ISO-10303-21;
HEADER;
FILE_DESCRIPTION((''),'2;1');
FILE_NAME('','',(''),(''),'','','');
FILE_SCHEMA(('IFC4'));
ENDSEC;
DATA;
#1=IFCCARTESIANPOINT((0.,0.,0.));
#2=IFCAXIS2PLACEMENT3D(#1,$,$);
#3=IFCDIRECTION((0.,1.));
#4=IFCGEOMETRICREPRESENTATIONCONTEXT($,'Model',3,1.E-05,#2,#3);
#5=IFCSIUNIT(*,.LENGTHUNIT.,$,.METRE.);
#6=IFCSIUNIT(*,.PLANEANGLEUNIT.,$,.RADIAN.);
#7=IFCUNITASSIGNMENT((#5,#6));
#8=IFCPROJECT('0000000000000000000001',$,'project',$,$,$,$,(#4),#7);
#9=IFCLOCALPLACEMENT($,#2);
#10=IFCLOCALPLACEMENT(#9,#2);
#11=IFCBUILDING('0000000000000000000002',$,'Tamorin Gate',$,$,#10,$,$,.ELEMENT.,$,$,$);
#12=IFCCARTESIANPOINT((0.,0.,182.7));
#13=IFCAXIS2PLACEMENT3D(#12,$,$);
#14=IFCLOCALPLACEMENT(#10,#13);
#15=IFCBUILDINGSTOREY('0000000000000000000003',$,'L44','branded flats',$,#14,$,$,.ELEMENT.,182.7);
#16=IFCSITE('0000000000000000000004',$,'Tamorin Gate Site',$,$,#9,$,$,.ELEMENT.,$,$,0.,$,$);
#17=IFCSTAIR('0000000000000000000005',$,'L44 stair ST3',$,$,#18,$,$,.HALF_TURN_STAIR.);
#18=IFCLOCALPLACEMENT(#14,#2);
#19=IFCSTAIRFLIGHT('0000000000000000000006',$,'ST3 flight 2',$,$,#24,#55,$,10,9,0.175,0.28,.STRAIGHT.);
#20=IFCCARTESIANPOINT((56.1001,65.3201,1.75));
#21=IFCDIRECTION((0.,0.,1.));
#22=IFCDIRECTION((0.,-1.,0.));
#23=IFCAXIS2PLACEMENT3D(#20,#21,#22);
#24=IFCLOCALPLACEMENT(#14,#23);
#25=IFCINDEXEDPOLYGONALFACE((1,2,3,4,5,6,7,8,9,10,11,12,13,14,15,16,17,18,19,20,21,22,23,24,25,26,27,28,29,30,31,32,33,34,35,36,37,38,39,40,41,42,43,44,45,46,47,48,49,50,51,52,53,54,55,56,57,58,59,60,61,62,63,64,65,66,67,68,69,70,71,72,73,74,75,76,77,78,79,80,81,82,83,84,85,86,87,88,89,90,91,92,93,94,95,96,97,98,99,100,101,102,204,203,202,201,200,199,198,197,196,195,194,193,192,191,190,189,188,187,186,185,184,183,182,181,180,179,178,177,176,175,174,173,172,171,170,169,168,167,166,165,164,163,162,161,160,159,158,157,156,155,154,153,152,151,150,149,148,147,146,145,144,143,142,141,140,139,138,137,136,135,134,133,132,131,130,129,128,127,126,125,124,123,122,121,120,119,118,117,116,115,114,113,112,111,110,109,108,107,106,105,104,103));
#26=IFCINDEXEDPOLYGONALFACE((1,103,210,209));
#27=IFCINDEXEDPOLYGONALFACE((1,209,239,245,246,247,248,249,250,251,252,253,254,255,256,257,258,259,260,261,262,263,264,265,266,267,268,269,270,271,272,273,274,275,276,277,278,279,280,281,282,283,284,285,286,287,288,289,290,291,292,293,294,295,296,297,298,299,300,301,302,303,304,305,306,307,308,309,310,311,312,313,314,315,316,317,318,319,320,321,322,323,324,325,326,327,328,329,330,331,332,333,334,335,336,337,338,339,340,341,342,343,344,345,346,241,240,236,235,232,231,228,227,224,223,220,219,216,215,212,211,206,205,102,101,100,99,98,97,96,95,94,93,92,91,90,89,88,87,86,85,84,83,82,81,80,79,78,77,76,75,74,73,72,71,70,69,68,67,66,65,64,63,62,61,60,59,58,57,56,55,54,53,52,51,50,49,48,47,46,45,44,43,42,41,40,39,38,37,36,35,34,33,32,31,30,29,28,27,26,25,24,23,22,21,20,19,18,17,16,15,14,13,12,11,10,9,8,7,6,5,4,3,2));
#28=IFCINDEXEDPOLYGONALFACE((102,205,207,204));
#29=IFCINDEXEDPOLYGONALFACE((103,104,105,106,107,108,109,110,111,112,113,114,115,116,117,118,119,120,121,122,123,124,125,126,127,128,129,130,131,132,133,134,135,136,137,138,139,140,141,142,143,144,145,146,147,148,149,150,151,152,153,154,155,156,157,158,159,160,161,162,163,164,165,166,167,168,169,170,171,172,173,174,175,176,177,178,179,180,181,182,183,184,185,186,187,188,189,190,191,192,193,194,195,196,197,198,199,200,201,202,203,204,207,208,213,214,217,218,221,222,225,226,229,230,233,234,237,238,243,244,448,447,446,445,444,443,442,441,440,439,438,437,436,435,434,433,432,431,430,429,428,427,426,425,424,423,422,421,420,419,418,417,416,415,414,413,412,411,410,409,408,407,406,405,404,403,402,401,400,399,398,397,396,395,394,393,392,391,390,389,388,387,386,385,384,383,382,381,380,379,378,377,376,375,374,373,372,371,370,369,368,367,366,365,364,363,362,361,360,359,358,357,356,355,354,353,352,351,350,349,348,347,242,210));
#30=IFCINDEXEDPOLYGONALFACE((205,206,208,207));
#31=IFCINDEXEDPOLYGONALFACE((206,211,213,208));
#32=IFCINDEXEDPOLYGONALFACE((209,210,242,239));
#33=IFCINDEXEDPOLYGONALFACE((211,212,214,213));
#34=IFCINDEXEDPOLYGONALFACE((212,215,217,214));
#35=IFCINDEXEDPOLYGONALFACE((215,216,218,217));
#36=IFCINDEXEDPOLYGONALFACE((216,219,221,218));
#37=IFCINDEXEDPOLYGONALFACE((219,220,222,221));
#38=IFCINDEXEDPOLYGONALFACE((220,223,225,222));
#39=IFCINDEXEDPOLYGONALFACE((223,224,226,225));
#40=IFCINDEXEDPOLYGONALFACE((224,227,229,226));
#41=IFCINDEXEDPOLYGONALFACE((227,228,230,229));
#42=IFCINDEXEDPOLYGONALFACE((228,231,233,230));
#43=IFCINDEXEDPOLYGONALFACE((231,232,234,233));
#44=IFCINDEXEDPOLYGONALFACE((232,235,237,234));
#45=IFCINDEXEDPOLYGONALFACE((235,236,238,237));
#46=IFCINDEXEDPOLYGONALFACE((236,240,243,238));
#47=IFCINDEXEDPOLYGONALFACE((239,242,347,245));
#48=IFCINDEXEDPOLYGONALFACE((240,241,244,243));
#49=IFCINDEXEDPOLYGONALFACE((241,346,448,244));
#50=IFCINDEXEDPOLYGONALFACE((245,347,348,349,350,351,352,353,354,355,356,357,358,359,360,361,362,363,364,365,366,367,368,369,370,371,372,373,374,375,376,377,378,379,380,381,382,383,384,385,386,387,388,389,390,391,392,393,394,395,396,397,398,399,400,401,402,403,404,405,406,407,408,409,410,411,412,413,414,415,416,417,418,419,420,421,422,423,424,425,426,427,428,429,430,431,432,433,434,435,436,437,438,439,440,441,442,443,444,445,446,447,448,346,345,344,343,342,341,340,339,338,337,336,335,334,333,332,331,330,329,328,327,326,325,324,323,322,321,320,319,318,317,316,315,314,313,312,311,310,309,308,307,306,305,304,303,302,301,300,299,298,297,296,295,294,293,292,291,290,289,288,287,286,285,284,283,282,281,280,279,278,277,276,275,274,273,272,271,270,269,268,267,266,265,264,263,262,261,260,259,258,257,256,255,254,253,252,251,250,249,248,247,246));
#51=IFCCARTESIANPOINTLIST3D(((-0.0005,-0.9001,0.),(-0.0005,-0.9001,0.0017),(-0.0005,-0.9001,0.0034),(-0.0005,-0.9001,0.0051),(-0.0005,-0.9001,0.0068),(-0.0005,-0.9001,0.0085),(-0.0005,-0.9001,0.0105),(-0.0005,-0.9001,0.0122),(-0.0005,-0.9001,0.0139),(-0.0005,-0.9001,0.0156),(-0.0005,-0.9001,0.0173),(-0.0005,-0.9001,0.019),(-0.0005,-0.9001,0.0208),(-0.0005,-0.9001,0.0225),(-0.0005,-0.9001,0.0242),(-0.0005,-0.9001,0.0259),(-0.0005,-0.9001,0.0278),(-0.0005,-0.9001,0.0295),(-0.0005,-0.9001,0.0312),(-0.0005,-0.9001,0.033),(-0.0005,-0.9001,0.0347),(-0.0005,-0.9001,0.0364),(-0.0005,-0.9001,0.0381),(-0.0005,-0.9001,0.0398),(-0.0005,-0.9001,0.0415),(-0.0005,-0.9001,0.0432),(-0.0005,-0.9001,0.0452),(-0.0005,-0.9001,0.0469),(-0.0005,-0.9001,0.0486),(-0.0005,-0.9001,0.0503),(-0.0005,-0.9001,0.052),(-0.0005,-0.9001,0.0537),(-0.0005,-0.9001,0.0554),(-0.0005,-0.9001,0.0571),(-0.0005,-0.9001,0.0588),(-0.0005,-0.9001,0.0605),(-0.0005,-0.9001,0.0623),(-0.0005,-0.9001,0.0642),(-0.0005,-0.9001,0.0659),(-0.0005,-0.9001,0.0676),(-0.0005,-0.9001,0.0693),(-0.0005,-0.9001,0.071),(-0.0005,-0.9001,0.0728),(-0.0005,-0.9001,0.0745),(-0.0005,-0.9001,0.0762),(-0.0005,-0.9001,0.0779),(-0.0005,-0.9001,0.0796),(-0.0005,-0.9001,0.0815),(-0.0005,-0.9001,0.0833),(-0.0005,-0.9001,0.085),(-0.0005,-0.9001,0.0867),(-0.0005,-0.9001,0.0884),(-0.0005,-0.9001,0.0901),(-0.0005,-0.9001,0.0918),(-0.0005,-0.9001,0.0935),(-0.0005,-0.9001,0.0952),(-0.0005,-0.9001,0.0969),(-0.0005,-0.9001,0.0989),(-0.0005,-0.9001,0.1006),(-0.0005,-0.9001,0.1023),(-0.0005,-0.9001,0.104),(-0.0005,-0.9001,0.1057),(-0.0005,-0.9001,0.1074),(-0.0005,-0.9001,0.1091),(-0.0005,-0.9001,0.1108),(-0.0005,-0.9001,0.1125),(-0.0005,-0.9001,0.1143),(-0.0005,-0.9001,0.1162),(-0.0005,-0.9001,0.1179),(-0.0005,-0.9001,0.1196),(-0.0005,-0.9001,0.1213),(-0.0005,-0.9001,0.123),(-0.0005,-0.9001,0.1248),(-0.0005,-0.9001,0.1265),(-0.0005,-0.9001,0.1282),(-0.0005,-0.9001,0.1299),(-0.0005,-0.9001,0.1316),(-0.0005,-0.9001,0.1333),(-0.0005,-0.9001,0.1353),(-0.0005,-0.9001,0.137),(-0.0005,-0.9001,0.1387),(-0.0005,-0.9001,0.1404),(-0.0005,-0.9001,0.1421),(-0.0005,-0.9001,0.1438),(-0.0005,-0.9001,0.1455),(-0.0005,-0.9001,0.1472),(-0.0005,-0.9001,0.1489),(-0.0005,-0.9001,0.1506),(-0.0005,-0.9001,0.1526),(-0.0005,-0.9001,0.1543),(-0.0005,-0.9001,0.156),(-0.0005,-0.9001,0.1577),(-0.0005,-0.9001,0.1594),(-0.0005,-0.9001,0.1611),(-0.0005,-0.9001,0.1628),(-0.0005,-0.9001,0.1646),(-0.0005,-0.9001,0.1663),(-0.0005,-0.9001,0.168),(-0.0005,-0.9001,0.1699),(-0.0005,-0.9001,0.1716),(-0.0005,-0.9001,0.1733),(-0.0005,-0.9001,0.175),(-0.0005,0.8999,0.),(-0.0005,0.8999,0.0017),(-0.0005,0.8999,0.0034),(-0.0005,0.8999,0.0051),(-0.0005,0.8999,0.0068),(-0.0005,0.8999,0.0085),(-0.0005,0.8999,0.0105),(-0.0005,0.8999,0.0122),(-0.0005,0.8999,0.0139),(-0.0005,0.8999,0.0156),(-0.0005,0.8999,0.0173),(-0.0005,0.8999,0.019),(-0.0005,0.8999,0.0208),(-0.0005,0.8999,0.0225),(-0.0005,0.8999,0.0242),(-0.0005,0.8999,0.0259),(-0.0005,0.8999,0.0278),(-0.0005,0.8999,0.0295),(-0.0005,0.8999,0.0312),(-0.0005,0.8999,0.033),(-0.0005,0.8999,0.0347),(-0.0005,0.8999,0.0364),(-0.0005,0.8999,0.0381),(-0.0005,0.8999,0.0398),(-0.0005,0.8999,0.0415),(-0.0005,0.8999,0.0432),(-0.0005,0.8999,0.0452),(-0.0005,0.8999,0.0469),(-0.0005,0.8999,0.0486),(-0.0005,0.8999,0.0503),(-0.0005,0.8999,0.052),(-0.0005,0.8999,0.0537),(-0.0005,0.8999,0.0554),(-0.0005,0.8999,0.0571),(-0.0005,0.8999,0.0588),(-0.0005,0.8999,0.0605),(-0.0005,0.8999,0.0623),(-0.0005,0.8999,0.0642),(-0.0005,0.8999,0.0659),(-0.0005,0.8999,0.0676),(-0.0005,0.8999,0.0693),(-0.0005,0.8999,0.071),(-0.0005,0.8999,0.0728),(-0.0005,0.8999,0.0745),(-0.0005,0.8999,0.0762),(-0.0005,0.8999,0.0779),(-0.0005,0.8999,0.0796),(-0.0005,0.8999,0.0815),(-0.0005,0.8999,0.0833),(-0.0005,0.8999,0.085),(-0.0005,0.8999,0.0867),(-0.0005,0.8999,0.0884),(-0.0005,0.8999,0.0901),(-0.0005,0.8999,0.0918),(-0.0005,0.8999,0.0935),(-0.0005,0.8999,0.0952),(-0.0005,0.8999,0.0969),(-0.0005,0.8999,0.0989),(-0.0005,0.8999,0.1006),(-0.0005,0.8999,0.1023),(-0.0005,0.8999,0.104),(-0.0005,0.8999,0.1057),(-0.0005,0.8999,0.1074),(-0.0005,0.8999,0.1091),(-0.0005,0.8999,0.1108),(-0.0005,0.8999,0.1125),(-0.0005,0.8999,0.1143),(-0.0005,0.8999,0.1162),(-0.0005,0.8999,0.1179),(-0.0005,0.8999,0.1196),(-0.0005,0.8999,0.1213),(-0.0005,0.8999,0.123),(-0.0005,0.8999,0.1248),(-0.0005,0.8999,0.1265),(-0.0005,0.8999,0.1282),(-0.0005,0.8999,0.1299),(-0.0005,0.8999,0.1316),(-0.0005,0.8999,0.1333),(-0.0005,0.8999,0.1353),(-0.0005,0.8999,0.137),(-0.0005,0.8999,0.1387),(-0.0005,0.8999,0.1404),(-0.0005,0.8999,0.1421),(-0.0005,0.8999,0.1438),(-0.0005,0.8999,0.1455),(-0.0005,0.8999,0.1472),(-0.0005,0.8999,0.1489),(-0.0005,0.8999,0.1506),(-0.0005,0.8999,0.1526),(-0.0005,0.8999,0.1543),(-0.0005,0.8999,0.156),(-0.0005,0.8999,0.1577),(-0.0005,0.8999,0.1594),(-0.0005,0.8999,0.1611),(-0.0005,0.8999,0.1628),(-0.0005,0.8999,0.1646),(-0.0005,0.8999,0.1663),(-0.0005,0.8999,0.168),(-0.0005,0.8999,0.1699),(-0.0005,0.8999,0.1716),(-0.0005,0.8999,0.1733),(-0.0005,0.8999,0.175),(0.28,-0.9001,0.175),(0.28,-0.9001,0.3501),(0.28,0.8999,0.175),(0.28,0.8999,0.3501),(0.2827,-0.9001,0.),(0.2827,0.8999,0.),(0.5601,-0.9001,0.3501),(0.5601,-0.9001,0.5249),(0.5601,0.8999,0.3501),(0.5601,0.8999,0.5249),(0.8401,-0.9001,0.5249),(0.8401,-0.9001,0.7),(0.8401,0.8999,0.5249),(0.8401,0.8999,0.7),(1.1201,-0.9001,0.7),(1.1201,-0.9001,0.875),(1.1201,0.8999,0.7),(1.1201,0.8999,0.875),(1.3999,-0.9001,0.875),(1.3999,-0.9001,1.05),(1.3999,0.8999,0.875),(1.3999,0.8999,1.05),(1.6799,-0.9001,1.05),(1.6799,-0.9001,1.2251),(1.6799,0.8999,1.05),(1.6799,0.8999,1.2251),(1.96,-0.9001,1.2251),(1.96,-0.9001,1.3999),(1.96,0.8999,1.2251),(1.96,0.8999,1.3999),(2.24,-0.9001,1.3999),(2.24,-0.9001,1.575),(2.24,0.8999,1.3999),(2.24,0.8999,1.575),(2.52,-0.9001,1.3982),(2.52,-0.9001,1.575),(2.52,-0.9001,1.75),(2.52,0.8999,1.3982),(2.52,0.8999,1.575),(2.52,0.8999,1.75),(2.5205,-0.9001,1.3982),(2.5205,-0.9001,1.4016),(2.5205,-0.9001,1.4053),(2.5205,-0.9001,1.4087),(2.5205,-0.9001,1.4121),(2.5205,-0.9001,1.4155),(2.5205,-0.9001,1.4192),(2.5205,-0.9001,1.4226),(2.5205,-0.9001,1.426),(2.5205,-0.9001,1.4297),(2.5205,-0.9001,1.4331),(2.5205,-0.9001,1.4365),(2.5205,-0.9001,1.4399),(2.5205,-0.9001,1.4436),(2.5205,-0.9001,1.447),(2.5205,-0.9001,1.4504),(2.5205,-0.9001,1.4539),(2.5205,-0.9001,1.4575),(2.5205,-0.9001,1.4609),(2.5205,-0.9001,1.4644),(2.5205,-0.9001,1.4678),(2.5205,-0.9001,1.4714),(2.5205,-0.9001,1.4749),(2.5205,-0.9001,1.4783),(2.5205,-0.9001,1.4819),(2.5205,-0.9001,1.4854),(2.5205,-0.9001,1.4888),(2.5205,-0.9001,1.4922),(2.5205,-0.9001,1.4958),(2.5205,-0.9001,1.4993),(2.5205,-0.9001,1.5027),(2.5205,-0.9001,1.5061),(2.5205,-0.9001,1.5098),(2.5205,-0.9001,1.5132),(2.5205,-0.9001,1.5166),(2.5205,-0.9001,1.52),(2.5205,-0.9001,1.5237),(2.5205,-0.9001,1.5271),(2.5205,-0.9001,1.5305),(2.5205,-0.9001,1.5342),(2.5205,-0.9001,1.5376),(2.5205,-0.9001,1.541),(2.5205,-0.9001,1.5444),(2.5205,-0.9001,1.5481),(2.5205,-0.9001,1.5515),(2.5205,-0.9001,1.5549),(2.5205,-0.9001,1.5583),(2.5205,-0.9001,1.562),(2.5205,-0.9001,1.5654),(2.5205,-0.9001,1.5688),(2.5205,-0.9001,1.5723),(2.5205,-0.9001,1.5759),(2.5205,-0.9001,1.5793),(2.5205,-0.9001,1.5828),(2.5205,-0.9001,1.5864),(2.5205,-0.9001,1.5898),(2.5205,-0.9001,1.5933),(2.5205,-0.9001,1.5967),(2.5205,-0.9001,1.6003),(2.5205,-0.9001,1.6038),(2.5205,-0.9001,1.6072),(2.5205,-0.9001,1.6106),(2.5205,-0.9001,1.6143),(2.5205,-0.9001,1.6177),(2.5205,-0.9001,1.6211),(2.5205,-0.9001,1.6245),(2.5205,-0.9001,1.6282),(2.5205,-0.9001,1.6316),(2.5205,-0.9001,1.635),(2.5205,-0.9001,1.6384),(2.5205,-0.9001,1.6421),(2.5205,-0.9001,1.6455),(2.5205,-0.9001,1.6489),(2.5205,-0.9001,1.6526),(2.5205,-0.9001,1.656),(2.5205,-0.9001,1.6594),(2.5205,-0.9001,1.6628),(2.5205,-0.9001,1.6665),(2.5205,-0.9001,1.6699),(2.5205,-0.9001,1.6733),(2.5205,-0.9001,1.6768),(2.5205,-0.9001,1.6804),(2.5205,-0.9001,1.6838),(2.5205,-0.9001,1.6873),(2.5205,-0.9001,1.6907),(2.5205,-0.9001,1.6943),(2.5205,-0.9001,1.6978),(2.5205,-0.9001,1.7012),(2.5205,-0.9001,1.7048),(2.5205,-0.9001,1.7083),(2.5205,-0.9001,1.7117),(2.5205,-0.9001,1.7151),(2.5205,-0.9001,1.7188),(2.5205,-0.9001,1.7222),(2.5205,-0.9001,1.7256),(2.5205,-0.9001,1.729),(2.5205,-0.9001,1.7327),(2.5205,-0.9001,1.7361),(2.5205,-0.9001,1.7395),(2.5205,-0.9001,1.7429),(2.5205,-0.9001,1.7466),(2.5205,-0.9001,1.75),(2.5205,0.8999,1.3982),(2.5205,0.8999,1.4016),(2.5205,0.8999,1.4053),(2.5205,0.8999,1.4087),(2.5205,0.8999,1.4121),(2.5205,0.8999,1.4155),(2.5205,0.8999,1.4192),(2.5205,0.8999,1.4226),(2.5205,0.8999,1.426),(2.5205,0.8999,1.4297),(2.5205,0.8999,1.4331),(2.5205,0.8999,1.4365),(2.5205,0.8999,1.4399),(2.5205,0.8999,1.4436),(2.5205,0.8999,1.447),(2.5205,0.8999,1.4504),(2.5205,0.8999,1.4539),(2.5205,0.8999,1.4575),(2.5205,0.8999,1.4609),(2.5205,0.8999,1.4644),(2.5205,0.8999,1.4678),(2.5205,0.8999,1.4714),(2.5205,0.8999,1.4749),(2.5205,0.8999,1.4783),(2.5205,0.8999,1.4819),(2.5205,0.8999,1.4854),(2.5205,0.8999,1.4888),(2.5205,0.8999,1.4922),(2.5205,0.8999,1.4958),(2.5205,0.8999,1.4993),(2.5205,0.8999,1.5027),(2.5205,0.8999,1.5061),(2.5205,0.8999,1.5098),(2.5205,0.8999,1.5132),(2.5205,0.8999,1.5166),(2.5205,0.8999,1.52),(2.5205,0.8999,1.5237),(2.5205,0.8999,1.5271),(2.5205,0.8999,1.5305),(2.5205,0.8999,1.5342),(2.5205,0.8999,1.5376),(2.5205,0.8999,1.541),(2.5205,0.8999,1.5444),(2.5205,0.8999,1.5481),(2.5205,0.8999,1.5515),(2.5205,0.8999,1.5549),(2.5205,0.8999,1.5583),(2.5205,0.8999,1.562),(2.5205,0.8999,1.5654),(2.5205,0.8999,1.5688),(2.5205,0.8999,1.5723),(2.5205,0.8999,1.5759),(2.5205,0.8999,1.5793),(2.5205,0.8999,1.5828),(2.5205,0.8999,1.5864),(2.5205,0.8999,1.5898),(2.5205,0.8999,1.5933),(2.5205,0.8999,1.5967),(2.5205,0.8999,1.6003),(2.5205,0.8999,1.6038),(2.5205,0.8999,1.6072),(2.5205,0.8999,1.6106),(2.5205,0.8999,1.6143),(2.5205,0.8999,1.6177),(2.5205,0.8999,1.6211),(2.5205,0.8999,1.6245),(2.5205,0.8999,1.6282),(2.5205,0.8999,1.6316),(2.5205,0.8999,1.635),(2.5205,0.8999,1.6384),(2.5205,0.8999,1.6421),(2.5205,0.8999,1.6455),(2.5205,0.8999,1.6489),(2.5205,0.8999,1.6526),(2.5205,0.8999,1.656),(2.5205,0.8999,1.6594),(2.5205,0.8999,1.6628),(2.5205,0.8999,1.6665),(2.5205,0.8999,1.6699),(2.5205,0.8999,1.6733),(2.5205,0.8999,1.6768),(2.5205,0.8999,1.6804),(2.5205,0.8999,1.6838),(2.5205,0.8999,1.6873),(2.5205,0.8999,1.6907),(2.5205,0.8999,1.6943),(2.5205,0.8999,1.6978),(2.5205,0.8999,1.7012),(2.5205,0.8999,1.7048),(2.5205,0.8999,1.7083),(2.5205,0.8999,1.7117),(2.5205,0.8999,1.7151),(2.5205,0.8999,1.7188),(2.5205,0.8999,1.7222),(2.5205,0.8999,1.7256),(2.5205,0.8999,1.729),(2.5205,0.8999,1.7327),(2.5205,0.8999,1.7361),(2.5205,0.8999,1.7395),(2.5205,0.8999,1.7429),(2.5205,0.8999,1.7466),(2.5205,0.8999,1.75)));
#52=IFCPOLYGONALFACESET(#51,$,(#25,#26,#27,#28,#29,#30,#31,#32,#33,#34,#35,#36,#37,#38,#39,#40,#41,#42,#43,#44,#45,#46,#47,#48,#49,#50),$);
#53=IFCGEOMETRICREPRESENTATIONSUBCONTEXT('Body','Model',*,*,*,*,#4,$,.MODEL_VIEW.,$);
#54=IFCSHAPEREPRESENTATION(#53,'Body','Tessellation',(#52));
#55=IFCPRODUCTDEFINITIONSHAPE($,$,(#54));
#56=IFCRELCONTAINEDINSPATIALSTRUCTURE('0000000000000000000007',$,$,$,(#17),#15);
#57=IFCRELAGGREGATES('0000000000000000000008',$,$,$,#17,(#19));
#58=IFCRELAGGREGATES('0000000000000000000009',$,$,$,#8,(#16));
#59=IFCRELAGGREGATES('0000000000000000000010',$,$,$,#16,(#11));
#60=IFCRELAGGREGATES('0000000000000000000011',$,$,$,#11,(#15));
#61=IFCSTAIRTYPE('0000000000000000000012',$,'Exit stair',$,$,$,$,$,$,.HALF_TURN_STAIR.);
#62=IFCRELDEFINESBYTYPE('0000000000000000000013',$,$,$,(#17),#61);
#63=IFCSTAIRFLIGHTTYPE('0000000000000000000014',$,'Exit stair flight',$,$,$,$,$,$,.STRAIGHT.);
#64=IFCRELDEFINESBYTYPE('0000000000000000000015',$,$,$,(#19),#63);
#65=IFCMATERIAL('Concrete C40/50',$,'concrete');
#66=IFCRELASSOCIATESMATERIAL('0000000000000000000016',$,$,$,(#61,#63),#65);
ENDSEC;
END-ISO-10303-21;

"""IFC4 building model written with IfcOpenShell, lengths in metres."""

from ifc_helpers import new_model, si_unit, direction, frame, origin, place, context, subcontext, project, spatial, polyline, outline, extrude, material, type_object, element, aggregate, save


model = new_model("IFC4")

# Units and contexts
model_context = context("Model", 3, precision=1e-05, world=origin(), true_north=direction((0.0, 1.0)))
body_context = subcontext(model_context, "Body", "Model", "MODEL_VIEW")
ifc_project = project(units=[si_unit("LENGTHUNIT", "METRE"), si_unit("PLANEANGLEUNIT", "RADIAN")], contexts=[model_context])

# Site, building, storey
site_placement = place(None, origin())
site = spatial("IfcSite", under=ifc_project, at=site_placement, Name="Tamorin Gate Site", CompositionType="ELEMENT", RefElevation=0.0)
building_placement = place(site_placement, origin())
building = spatial("IfcBuilding", under=site, at=building_placement, Name="Tamorin Gate", CompositionType="ELEMENT")
storey_placement = place(building_placement, frame((0.0, 0.0, 182.7)))
storey = spatial("IfcBuildingStorey", under=building, at=storey_placement, Name="L44", Description="branded flats", CompositionType="ELEMENT", Elevation=182.7)

# Stair, stair flight
ifc_material_1 = material(Name="Concrete C40/50", Category="concrete")
stair_type = type_object("IfcStairType", Name="Exit stair", PredefinedType="HALF_TURN_STAIR", material=ifc_material_1)
stair_placement = place(storey_placement, origin())
stair = element("IfcStair", 1, at=stair_placement, inside=storey, type_object=stair_type, Name="L44 stair ST3", PredefinedType="HALF_TURN_STAIR")
stair_flight_type = type_object("IfcStairFlightType", Name="Exit stair flight", PredefinedType="STRAIGHT", material=ifc_material_1)
stair_flight_1_placement = place(storey_placement, frame((56.1001, 65.3201, 1.75), z_axis=(0.0, 0.0, 1.0), x_axis=(0.0, -1.0, 0.0)))
stair_flight_1 = element("IfcStairFlight", 2, at=stair_flight_1_placement, type_object=stair_flight_type, Name="ST3 flight 2", NumberOfRisers=10, NumberOfTreads=9, PredefinedType="STRAIGHT", RiserHeight=0.175, TreadLength=0.28, context=body_context, shape_type="SweptSolid", body=[
    extrude(outline(polyline([(-0.0005, 0.0), (-0.0005, 0.0017), (-0.0005, 0.0034), (-0.0005, 0.0051), (-0.0005, 0.0068), (-0.0005, 0.0085), (-0.0005, 0.0105), (-0.0005, 0.0122), (-0.0005, 0.0139), (-0.0005, 0.0156), (-0.0005, 0.0173), (-0.0005, 0.019), (-0.0005, 0.0208), (-0.0005, 0.0225), (-0.0005, 0.0242), (-0.0005, 0.0259), (-0.0005, 0.0278), (-0.0005, 0.0295), (-0.0005, 0.0312), (-0.0005, 0.033), (-0.0005, 0.0347), (-0.0005, 0.0364), (-0.0005, 0.0381), (-0.0005, 0.0398), (-0.0005, 0.0415), (-0.0005, 0.0432), (-0.0005, 0.0452), (-0.0005, 0.0469), (-0.0005, 0.0486), (-0.0005, 0.0503), (-0.0005, 0.052), (-0.0005, 0.0537), (-0.0005, 0.0554), (-0.0005, 0.0571), (-0.0005, 0.0588), (-0.0005, 0.0605), (-0.0005, 0.0623), (-0.0005, 0.0642), (-0.0005, 0.0659), (-0.0005, 0.0676), (-0.0005, 0.0693), (-0.0005, 0.071), (-0.0005, 0.0728), (-0.0005, 0.0745), (-0.0005, 0.0762), (-0.0005, 0.0779), (-0.0005, 0.0796), (-0.0005, 0.0815), (-0.0005, 0.0833), (-0.0005, 0.085), (-0.0005, 0.0867), (-0.0005, 0.0884), (-0.0005, 0.0901), (-0.0005, 0.0918), (-0.0005, 0.0935), (-0.0005, 0.0952), (-0.0005, 0.0969), (-0.0005, 0.0989), (-0.0005, 0.1006), (-0.0005, 0.1023), (-0.0005, 0.104), (-0.0005, 0.1057), (-0.0005, 0.1074), (-0.0005, 0.1091), (-0.0005, 0.1108), (-0.0005, 0.1125), (-0.0005, 0.1143), (-0.0005, 0.1162), (-0.0005, 0.1179), (-0.0005, 0.1196), (-0.0005, 0.1213), (-0.0005, 0.123), (-0.0005, 0.1248), (-0.0005, 0.1265), (-0.0005, 0.1282), (-0.0005, 0.1299), (-0.0005, 0.1316), (-0.0005, 0.1333), (-0.0005, 0.1353), (-0.0005, 0.137), (-0.0005, 0.1387), (-0.0005, 0.1404), (-0.0005, 0.1421), (-0.0005, 0.1438), (-0.0005, 0.1455), (-0.0005, 0.1472), (-0.0005, 0.1489), (-0.0005, 0.1506), (-0.0005, 0.1526), (-0.0005, 0.1543), (-0.0005, 0.156), (-0.0005, 0.1577), (-0.0005, 0.1594), (-0.0005, 0.1611), (-0.0005, 0.1628), (-0.0005, 0.1646), (-0.0005, 0.1663), (-0.0005, 0.168), (-0.0005, 0.1699), (-0.0005, 0.1716), (-0.0005, 0.1733), (-0.0005, 0.175), (0.28, 0.175), (0.28, 0.3501), (0.5601, 0.3501), (0.5601, 0.5249), (0.8401, 0.5249), (0.8401, 0.7), (1.1201, 0.7), (1.1201, 0.875), (1.3999, 0.875), (1.3999, 1.05), (1.6799, 1.05), (1.6799, 1.2251), (1.96, 1.2251), (1.96, 1.3999), (2.24, 1.3999), (2.24, 1.575), (2.52, 1.575), (2.52, 1.75), (2.5205, 1.75), (2.5205, 1.7466), (2.5205, 1.7429), (2.5205, 1.7395), (2.5205, 1.7361), (2.5205, 1.7327), (2.5205, 1.729), (2.5205, 1.7256), (2.5205, 1.7222), (2.5205, 1.7188), (2.5205, 1.7151), (2.5205, 1.7117), (2.5205, 1.7083), (2.5205, 1.7048), (2.5205, 1.7012), (2.5205, 1.6978), (2.5205, 1.6943), (2.5205, 1.6907), (2.5205, 1.6873), (2.5205, 1.6838), (2.5205, 1.6804), (2.5205, 1.6768), (2.5205, 1.6733), (2.5205, 1.6699), (2.5205, 1.6665), (2.5205, 1.6628), (2.5205, 1.6594), (2.5205, 1.656), (2.5205, 1.6526), (2.5205, 1.6489), (2.5205, 1.6455), (2.5205, 1.6421), (2.5205, 1.6384), (2.5205, 1.635), (2.5205, 1.6316), (2.5205, 1.6282), (2.5205, 1.6245), (2.5205, 1.6211), (2.5205, 1.6177), (2.5205, 1.6143), (2.5205, 1.6106), (2.5205, 1.6072), (2.5205, 1.6038), (2.5205, 1.6003), (2.5205, 1.5967), (2.5205, 1.5933), (2.5205, 1.5898), (2.5205, 1.5864), (2.5205, 1.5828), (2.5205, 1.5793), (2.5205, 1.5759), (2.5205, 1.5723), (2.5205, 1.5688), (2.5205, 1.5654), (2.5205, 1.562), (2.5205, 1.5583), (2.5205, 1.5549), (2.5205, 1.5515), (2.5205, 1.5481), (2.5205, 1.5444), (2.5205, 1.541), (2.5205, 1.5376), (2.5205, 1.5342), (2.5205, 1.5305), (2.5205, 1.5271), (2.5205, 1.5237), (2.5205, 1.52), (2.5205, 1.5166), (2.5205, 1.5132), (2.5205, 1.5098), (2.5205, 1.5061), (2.5205, 1.5027), (2.5205, 1.4993), (2.5205, 1.4958), (2.5205, 1.4922), (2.5205, 1.4888), (2.5205, 1.4854), (2.5205, 1.4819), (2.5205, 1.4783), (2.5205, 1.4749), (2.5205, 1.4714), (2.5205, 1.4678), (2.5205, 1.4644), (2.5205, 1.4609), (2.5205, 1.4575), (2.5205, 1.4539), (2.5205, 1.4504), (2.5205, 1.447), (2.5205, 1.4436), (2.5205, 1.4399), (2.5205, 1.4365), (2.5205, 1.4331), (2.5205, 1.4297), (2.5205, 1.426), (2.5205, 1.4226), (2.5205, 1.4192), (2.5205, 1.4155), (2.5205, 1.4121), (2.5205, 1.4087), (2.5205, 1.4053), (2.5205, 1.4016), (2.5205, 1.3982), (2.52, 1.3982), (0.2827, 0.0), (-0.0005, 0.0)])), frame((0.0, 0.8999, 0.0), z_axis=(0.0, -1.0, 0.0), x_axis=(1.0, 0.0, 0.0)), (0.0, 0.0, 1.0), 1.8),
])
aggregate(stair, [stair_flight_1])

save(model, "model.ifc")
